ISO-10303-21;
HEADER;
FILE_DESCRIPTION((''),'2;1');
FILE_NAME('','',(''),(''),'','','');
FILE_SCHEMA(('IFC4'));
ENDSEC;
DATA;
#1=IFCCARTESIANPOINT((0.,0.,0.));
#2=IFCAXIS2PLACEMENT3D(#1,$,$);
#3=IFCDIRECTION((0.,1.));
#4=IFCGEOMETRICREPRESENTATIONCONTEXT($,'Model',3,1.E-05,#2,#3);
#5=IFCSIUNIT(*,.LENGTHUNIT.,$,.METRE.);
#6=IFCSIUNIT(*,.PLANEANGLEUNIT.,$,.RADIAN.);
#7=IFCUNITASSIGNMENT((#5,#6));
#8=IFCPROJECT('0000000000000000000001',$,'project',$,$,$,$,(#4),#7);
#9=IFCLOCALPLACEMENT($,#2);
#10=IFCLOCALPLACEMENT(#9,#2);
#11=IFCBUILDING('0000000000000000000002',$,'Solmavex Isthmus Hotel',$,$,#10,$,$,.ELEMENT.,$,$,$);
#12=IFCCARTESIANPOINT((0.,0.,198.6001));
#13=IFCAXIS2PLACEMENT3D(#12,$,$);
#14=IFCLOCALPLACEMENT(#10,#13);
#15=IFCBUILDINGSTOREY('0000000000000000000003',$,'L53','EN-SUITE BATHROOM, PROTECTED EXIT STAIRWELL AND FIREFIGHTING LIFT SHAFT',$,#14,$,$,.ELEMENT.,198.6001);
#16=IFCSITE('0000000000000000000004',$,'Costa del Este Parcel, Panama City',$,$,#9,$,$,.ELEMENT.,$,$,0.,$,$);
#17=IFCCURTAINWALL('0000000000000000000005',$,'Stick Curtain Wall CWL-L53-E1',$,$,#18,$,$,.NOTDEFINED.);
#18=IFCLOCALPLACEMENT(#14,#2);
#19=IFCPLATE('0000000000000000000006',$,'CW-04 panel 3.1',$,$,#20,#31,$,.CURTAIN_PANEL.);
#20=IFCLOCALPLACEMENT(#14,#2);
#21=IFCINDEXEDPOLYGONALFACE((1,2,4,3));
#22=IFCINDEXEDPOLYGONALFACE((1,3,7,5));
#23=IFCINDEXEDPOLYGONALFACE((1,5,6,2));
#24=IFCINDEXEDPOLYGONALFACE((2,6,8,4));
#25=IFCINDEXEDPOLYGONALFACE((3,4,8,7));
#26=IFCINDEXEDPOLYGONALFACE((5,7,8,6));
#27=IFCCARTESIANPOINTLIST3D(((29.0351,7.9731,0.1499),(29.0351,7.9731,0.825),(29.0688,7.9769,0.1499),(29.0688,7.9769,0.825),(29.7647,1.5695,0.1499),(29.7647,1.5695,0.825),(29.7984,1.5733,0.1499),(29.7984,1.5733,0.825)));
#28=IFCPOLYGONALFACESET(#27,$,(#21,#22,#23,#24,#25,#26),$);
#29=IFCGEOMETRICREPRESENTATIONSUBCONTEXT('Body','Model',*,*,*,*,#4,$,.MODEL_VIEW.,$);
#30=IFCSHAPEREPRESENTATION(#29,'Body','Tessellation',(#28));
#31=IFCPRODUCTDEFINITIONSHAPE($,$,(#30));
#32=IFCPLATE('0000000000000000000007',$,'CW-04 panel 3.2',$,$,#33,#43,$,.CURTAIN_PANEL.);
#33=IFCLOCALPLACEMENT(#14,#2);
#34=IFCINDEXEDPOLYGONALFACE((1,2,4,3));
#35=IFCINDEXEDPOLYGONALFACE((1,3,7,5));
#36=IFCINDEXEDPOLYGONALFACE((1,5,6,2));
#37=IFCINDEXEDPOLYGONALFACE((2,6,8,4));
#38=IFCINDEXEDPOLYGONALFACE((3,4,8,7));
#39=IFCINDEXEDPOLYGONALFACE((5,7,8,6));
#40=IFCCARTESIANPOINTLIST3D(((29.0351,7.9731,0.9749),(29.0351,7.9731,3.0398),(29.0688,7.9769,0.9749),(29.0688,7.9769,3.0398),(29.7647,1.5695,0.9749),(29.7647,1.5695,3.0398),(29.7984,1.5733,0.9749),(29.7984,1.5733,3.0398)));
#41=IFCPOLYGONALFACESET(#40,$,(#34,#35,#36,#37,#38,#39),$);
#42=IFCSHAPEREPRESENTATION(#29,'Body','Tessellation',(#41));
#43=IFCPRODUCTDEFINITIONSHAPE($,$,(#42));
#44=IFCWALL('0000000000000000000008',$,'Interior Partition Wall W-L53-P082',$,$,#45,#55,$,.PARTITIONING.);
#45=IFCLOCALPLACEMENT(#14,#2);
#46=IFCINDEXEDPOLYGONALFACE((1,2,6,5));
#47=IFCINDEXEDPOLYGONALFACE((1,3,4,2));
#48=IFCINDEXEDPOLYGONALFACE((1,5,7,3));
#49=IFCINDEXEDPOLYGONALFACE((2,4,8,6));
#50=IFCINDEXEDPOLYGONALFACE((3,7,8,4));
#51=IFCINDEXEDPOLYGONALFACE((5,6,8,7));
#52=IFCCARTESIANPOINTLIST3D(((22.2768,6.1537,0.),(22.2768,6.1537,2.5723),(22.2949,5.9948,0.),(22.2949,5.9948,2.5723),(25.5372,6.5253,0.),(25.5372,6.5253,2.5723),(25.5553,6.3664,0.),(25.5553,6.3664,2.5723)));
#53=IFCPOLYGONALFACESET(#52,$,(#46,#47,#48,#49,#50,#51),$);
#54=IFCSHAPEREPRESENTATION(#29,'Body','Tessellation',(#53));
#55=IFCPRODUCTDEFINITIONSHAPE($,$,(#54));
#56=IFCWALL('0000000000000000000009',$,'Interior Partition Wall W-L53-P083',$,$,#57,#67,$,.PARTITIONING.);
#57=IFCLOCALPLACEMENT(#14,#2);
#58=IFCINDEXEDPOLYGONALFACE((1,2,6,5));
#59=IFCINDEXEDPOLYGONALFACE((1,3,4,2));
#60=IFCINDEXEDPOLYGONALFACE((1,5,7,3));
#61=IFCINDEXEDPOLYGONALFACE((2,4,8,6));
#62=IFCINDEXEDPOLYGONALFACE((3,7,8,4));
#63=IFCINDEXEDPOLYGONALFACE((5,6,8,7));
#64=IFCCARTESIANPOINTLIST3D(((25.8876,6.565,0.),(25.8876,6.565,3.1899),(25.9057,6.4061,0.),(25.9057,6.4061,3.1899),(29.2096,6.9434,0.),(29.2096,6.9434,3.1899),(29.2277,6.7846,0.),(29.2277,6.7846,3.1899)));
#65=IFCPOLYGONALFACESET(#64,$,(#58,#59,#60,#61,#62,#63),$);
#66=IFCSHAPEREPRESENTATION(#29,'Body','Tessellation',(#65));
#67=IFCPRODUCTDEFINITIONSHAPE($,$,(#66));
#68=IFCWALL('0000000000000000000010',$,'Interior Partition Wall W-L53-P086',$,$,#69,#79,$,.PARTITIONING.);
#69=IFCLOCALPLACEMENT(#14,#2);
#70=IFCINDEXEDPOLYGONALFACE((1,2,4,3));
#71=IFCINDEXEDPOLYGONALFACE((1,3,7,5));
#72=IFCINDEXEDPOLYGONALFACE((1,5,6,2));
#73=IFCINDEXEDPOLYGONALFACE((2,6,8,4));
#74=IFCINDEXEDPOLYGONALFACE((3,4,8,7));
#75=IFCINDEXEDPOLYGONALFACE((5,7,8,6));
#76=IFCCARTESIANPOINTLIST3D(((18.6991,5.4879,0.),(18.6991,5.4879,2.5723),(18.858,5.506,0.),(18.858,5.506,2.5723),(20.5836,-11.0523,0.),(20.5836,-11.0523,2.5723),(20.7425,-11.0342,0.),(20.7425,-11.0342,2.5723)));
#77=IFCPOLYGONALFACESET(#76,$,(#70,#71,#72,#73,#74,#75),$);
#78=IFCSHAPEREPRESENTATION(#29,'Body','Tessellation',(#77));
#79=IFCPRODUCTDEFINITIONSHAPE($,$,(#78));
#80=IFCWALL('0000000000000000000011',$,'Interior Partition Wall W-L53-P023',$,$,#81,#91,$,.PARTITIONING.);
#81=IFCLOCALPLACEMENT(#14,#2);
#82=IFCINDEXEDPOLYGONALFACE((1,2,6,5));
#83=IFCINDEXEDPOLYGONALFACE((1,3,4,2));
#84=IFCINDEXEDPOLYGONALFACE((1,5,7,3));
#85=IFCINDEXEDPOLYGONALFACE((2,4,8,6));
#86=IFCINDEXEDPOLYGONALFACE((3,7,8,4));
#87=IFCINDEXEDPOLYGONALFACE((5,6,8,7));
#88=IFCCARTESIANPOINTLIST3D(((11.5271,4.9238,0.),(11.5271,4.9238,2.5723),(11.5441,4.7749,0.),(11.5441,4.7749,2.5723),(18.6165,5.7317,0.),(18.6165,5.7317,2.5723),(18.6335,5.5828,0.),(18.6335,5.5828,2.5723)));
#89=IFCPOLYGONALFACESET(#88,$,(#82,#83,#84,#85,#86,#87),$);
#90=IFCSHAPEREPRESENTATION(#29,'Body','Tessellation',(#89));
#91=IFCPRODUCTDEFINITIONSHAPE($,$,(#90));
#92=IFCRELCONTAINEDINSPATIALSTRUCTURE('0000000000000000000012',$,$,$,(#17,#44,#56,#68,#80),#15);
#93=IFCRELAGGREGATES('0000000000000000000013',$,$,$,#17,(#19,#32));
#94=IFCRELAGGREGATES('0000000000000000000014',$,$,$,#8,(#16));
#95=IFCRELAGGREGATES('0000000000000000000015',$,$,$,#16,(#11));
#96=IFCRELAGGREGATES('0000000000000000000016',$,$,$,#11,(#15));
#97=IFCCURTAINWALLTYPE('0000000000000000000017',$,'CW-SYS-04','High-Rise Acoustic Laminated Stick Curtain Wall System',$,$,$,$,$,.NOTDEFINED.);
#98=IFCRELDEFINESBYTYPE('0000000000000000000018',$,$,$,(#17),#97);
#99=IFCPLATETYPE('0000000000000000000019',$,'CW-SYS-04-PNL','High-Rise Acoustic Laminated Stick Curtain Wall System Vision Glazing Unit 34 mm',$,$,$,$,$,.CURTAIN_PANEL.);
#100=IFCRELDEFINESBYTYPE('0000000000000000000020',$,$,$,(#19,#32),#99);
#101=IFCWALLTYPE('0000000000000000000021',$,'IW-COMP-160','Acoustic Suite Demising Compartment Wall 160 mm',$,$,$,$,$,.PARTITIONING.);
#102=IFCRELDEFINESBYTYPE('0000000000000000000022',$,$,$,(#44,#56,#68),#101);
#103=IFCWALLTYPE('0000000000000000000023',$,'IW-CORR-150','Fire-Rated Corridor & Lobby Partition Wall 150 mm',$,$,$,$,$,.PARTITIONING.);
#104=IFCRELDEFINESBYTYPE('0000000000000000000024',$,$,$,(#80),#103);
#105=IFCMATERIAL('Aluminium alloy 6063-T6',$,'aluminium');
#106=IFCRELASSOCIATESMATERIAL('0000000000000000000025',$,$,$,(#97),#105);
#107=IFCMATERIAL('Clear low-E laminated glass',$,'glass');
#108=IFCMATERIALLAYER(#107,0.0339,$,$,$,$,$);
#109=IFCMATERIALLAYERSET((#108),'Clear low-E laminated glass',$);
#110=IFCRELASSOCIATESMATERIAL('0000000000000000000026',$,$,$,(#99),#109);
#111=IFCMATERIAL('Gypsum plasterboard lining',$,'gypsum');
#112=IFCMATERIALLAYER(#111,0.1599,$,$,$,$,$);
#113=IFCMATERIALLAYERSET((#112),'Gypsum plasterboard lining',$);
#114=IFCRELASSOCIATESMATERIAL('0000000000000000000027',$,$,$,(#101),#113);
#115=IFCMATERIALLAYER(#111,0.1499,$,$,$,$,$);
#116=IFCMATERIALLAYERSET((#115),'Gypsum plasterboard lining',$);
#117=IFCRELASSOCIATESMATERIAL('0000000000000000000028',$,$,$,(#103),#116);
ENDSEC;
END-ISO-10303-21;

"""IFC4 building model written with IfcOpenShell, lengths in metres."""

from ifc_helpers import new_model, si_unit, direction, frame, frame_2d, origin, origin_2d, place, context, subcontext, project, spatial, rectangle, extrude, material, layer, layer_set, type_object, element, aggregate, save


model = new_model("IFC4")

# Units and contexts
model_context = context("Model", 3, precision=1e-05, world=origin(), true_north=direction((0.0, 1.0)))
body_context = subcontext(model_context, "Body", "Model", "MODEL_VIEW")
ifc_project = project(units=[si_unit("LENGTHUNIT", "METRE"), si_unit("PLANEANGLEUNIT", "RADIAN")], contexts=[model_context])

# Site, building, storey
site_placement = place(None, origin())
site = spatial("IfcSite", under=ifc_project, at=site_placement, Name="Costa del Este Parcel, Panama City", CompositionType="ELEMENT", RefElevation=0.0)
building_placement = place(site_placement, origin())
building = spatial("IfcBuilding", under=site, at=building_placement, Name="Solmavex Isthmus Hotel", CompositionType="ELEMENT")
storey_placement = place(building_placement, frame((0.0, 0.0, 198.6001)))
storey = spatial("IfcBuildingStorey", under=building, at=storey_placement, Name="L53", Description="EN-SUITE BATHROOM, PROTECTED EXIT STAIRWELL AND FIREFIGHTING LIFT SHAFT", CompositionType="ELEMENT", Elevation=198.6001)

# Curtain wall, plates
ifc_material_1 = material(Name="Aluminium alloy 6063-T6", Category="aluminium")
curtain_wall_type = type_object("IfcCurtainWallType", Name="CW-SYS-04", Description="High-Rise Acoustic Laminated Stick Curtain Wall System", PredefinedType="NOTDEFINED", material=ifc_material_1)
curtain_wall_placement = place(storey_placement, origin())
curtain_wall = element("IfcCurtainWall", 1, at=curtain_wall_placement, inside=storey, type_object=curtain_wall_type, Name="Stick Curtain Wall CWL-L53-E1", PredefinedType="NOTDEFINED")
ifc_material_2 = material(Name="Clear low-E laminated glass", Category="glass")
ifc_layer_1 = layer(ifc_material_2, 0.0339)
ifc_layer_set_1 = layer_set([ifc_layer_1], Name="Clear low-E laminated glass")
plate_type = type_object("IfcPlateType", Name="CW-SYS-04-PNL", Description="High-Rise Acoustic Laminated Stick Curtain Wall System Vision Glazing Unit 34 mm", PredefinedType="CURTAIN_PANEL", material=ifc_layer_set_1)
plate_1_placement = place(storey_placement, frame((29.4167, 4.7732, 0.1499), z_axis=(0.0, 0.0, 1.0), x_axis=(-0.113203, 0.993572, 0.0)))
plate_1 = element("IfcPlate", 2, at=plate_1_placement, type_object=plate_type, Name="CW-04 panel 3.1", PredefinedType="CURTAIN_PANEL", context=body_context, shape_type="SweptSolid", body=[
    extrude(rectangle(XDim=6.4451, YDim=0.0339, at=origin_2d()), origin(), (0.0, 0.0, 1.0), 0.675),
])
plate_2_placement = place(storey_placement, frame((29.4167, 4.7732, 0.9749), z_axis=(0.0, 0.0, 1.0), x_axis=(-0.113203, 0.993572, 0.0)))
plate_2 = element("IfcPlate", 3, at=plate_2_placement, type_object=plate_type, Name="CW-04 panel 3.2", PredefinedType="CURTAIN_PANEL", context=body_context, shape_type="SweptSolid", body=[
    extrude(rectangle(XDim=6.4451, YDim=0.0339, at=origin_2d()), origin(), (0.0, 0.0, 1.0), 2.0649),
])
aggregate(curtain_wall, [plate_1, plate_2])

# Walls
ifc_material_3 = material(Name="Gypsum plasterboard lining", Category="gypsum")
ifc_layer_2 = layer(ifc_material_3, 0.1599)
ifc_layer_set_2 = layer_set([ifc_layer_2], Name="Gypsum plasterboard lining")
wall_type_1 = type_object("IfcWallType", Name="IW-COMP-160", Description="Acoustic Suite Demising Compartment Wall 160 mm", PredefinedType="PARTITIONING", material=ifc_layer_set_2)
wall_1_placement = place(storey_placement, frame((25.5461, 6.4458, 0.0), z_axis=(0.0, 0.0, 1.0), x_axis=(-0.993569, -0.113232, 0.0)))
element("IfcWall", 4, at=wall_1_placement, inside=storey, type_object=wall_type_1, Name="Interior Partition Wall W-L53-P082", PredefinedType="PARTITIONING", context=body_context, shape_type="SweptSolid", body=[
    extrude(rectangle(XDim=3.2815, YDim=0.1599, at=frame_2d((1.6406, 0.0))), origin(), (0.0, 0.0, 1.0), 2.5723),
])
wall_2_placement = place(storey_placement, frame((29.2188, 6.864, 0.0), z_axis=(0.0, 0.0, 1.0), x_axis=(-0.993574, -0.11318, 0.0)))
element("IfcWall", 5, at=wall_2_placement, inside=storey, type_object=wall_type_1, Name="Interior Partition Wall W-L53-P083", PredefinedType="PARTITIONING", context=body_context, shape_type="SweptSolid", body=[
    extrude(rectangle(XDim=3.3435, YDim=0.1599, at=frame_2d((1.6719, 0.0))), origin(), (0.0, 0.0, 1.0), 3.1899),
])
wall_3_placement = place(storey_placement, frame((18.7786, 5.4971, 0.0), z_axis=(0.0, 0.0, 1.0), x_axis=(0.113203, -0.993572, 0.0)))
element("IfcWall", 6, at=wall_3_placement, inside=storey, type_object=wall_type_1, Name="Interior Partition Wall W-L53-P086", PredefinedType="PARTITIONING", context=body_context, shape_type="SweptSolid", body=[
    extrude(rectangle(XDim=16.6472, YDim=0.1599, at=frame_2d((8.3237, 0.0))), origin(), (0.0, 0.0, 1.0), 2.5723),
])
ifc_layer_3 = layer(ifc_material_3, 0.1499)
ifc_layer_set_3 = layer_set([ifc_layer_3], Name="Gypsum plasterboard lining")
wall_type_2 = type_object("IfcWallType", Name="IW-CORR-150", Description="Fire-Rated Corridor & Lobby Partition Wall 150 mm", PredefinedType="PARTITIONING", material=ifc_layer_set_3)
wall_4_placement = place(storey_placement, frame((18.625, 5.6572, 0.0), z_axis=(0.0, 0.0, 1.0), x_axis=(-0.99357, -0.113221, 0.0)))
element("IfcWall", 7, at=wall_4_placement, inside=storey, type_object=wall_type_2, Name="Interior Partition Wall W-L53-P023", PredefinedType="PARTITIONING", context=body_context, shape_type="SweptSolid", body=[
    extrude(rectangle(XDim=7.1353, YDim=0.1499, at=frame_2d((3.5676, 0.0))), origin(), (0.0, 0.0, 1.0), 2.5723),
])

save(model, "model.ifc")
